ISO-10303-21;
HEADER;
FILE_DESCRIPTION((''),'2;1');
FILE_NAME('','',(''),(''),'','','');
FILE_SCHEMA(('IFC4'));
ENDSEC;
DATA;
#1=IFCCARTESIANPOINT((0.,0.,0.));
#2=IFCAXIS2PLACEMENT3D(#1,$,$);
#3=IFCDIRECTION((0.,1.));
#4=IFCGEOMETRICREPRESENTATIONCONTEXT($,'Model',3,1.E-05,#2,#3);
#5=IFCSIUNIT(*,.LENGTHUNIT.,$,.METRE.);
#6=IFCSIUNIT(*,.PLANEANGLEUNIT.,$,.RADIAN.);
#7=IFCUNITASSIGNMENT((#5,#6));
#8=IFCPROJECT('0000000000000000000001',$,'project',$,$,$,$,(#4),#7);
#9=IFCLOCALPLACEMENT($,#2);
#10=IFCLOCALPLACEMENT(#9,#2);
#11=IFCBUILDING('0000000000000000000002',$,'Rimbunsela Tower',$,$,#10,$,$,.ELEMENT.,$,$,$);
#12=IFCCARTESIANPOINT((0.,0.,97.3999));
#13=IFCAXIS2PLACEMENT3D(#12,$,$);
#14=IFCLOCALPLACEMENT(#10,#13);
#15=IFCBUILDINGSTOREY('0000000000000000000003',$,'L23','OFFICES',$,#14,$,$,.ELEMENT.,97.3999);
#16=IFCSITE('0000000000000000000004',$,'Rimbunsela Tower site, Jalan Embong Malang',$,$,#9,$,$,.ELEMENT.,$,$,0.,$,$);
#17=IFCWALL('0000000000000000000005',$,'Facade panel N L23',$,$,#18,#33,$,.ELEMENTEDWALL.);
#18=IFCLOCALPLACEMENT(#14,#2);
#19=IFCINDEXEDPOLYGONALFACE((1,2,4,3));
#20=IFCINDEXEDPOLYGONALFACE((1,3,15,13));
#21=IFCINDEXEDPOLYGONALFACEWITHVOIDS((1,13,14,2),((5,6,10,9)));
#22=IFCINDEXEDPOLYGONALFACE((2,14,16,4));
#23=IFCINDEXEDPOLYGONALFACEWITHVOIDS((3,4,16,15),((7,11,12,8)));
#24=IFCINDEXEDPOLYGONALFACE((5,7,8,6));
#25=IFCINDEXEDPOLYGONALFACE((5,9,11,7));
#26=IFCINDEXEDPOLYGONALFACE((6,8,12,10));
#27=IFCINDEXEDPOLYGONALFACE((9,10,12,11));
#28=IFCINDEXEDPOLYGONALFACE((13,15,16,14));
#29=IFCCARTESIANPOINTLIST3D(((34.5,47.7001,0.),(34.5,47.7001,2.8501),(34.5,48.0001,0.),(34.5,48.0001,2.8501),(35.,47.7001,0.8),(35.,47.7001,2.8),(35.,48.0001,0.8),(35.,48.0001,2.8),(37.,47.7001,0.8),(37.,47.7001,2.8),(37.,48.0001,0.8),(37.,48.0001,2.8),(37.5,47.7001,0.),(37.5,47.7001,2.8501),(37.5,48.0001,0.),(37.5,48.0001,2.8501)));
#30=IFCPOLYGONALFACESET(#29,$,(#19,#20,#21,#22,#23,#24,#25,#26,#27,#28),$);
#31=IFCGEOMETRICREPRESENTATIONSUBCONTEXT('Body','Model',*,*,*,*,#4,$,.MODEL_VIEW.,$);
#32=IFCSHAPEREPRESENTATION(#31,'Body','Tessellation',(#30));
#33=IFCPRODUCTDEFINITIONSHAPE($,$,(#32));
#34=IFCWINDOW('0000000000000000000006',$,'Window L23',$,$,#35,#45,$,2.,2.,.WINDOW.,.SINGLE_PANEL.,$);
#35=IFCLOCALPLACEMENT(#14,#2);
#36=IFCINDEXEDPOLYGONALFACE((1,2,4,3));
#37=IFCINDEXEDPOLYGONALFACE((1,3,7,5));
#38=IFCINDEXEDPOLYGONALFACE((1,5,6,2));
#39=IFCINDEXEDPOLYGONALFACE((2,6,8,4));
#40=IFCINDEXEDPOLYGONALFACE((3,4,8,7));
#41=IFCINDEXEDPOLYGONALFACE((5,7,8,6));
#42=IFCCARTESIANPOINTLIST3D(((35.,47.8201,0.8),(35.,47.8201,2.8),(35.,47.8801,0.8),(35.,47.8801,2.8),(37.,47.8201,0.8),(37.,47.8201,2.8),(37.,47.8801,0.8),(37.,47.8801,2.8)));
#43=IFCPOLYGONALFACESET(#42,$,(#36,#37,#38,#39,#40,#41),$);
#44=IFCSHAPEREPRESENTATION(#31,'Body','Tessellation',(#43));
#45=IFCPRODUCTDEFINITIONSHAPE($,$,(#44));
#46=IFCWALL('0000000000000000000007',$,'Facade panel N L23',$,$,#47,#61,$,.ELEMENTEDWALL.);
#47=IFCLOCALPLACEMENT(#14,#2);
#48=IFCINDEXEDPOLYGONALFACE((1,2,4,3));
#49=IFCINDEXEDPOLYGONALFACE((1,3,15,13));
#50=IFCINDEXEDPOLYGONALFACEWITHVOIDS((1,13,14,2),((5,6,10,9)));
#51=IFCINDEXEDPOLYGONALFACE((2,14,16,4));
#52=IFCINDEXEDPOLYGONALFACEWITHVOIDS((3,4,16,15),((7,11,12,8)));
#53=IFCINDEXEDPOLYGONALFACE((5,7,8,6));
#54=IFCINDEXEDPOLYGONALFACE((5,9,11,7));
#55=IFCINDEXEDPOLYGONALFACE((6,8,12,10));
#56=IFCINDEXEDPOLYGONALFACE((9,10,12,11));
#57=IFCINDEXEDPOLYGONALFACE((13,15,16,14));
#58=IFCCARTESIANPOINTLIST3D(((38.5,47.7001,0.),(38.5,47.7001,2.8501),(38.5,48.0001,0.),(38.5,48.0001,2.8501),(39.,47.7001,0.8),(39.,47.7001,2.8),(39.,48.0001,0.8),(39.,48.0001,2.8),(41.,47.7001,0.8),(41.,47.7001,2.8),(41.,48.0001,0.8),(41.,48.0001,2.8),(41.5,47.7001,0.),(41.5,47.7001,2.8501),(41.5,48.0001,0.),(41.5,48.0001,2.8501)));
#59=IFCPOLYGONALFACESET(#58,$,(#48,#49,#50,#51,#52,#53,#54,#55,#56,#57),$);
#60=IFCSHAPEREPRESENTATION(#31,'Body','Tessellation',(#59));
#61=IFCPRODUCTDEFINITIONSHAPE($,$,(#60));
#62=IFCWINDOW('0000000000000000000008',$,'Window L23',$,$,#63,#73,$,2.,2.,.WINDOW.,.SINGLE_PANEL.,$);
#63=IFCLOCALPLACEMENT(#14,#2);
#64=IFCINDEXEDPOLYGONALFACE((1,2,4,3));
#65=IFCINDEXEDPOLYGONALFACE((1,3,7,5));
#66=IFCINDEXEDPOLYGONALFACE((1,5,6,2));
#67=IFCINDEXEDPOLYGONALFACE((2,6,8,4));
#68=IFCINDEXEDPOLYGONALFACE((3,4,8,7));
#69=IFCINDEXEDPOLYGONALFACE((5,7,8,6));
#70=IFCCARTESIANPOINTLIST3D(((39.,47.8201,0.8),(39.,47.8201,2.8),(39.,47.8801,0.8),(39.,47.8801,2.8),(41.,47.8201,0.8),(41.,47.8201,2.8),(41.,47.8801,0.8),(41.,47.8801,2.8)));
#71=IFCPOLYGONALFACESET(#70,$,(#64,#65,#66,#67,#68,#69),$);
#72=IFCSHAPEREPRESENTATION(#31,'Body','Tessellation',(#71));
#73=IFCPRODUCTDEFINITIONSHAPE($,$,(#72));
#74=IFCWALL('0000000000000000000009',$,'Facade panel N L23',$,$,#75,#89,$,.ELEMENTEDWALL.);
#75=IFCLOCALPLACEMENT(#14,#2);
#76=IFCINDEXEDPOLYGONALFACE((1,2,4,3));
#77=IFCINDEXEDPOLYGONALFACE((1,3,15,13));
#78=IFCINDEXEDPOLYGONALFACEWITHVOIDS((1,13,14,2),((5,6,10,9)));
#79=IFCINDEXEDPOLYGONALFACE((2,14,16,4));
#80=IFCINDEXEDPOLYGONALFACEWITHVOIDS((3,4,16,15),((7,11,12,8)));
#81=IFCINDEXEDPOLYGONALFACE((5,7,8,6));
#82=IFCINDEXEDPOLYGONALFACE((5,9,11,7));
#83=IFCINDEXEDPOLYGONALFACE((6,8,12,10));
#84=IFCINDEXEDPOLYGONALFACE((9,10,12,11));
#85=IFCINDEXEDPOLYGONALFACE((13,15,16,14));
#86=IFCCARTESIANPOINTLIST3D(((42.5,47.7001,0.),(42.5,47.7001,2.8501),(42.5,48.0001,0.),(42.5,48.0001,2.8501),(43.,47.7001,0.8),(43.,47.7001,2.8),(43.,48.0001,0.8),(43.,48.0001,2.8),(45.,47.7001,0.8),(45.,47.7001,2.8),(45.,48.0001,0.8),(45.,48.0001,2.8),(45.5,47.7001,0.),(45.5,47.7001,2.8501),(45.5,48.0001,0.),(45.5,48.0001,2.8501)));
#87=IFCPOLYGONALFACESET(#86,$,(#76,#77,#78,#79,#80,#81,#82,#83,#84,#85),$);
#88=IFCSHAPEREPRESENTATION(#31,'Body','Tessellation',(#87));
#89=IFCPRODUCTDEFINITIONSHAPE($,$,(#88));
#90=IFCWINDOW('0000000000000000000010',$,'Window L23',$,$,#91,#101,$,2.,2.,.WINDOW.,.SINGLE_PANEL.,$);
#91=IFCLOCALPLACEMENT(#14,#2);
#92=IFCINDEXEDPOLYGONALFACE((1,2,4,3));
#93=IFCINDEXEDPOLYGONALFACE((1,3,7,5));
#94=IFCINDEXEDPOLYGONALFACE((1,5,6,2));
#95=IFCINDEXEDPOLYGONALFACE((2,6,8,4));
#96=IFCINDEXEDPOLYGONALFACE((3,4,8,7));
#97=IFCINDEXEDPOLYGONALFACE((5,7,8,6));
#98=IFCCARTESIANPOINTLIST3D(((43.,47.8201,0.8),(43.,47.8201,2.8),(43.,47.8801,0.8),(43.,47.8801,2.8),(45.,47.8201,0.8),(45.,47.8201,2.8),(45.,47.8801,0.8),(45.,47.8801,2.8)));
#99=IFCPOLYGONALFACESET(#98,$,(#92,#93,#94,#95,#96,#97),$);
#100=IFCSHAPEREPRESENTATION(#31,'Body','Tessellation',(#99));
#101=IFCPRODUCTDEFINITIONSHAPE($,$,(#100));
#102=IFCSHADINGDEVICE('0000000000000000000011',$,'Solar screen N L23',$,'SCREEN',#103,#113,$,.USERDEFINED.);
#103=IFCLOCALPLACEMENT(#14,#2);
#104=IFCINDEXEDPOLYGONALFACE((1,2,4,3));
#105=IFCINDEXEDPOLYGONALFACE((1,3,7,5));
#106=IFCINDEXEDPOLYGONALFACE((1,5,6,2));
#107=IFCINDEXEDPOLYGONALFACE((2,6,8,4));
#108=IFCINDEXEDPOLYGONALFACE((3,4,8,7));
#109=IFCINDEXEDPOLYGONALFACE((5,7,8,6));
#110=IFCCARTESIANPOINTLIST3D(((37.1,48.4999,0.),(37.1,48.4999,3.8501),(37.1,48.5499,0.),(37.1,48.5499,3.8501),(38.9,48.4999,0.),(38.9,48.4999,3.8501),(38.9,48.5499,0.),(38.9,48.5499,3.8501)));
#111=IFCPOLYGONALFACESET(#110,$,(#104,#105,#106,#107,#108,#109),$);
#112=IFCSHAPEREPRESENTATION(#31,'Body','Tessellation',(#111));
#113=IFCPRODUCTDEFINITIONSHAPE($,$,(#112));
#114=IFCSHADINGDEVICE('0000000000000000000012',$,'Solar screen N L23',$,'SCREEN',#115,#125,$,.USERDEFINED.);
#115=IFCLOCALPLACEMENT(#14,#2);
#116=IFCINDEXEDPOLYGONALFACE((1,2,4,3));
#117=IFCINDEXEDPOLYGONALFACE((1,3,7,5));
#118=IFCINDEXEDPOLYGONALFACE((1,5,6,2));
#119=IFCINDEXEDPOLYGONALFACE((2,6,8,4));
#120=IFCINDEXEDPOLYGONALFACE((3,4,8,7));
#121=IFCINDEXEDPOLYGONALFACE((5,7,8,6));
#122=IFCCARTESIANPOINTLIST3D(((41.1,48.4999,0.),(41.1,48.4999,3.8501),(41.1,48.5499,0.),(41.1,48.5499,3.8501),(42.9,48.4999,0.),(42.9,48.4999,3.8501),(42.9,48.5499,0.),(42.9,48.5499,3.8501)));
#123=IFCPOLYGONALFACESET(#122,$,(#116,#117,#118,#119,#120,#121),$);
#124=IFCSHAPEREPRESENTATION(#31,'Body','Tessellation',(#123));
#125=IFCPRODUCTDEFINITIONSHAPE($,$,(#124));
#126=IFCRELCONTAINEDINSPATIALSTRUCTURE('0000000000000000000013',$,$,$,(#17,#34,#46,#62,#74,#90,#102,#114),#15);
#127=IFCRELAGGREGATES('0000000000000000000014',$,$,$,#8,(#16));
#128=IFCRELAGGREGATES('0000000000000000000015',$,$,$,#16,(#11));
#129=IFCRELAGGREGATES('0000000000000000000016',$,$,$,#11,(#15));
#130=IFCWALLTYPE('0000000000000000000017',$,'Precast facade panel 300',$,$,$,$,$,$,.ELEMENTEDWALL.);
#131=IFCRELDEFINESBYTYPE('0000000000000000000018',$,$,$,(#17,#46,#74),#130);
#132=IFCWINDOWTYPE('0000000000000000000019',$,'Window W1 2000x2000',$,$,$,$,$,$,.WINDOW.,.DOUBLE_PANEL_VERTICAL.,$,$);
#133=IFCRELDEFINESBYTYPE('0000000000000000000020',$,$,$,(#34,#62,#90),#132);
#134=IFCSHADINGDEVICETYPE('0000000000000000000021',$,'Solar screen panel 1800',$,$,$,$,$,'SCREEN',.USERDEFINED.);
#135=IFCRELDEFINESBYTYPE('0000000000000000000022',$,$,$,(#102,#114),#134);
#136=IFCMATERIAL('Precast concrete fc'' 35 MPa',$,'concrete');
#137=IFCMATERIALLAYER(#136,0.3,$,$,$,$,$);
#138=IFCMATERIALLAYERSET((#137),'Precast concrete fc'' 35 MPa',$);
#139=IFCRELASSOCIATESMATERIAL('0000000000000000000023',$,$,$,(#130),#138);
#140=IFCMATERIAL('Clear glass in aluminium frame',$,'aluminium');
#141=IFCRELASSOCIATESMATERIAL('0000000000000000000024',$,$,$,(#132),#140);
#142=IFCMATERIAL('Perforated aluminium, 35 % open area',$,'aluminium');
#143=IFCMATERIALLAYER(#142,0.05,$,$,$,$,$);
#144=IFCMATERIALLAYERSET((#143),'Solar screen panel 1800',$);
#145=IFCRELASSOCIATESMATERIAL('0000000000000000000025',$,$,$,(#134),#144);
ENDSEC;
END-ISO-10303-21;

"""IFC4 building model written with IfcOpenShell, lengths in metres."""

from ifc_helpers import new_model, si_unit, direction, frame, frame_2d, origin, origin_2d, place, context, subcontext, project, spatial, rectangle, extrude, material, layer, layer_set, type_object, element, fill, save


model = new_model("IFC4")

# Units and contexts
model_context = context("Model", 3, precision=1e-05, world=origin(), true_north=direction((0.0, 1.0)))
body_context = subcontext(model_context, "Body", "Model", "MODEL_VIEW")
ifc_project = project(units=[si_unit("LENGTHUNIT", "METRE"), si_unit("PLANEANGLEUNIT", "RADIAN")], contexts=[model_context])

# Site, building, storey
site_placement = place(None, origin())
site = spatial("IfcSite", under=ifc_project, at=site_placement, Name="Rimbunsela Tower site, Jalan Embong Malang", CompositionType="ELEMENT", RefElevation=0.0)
building_placement = place(site_placement, origin())
building = spatial("IfcBuilding", under=site, at=building_placement, Name="Rimbunsela Tower", CompositionType="ELEMENT")
storey_placement = place(building_placement, frame((0.0, 0.0, 97.3999)))
storey = spatial("IfcBuildingStorey", under=building, at=storey_placement, Name="L23", Description="OFFICES", CompositionType="ELEMENT", Elevation=97.3999)

# Walls, openings, windows
ifc_material_1 = material(Name="Precast concrete fc' 35 MPa", Category="concrete")
ifc_layer_1 = layer(ifc_material_1, 0.3)
ifc_layer_set_1 = layer_set([ifc_layer_1], Name="Precast concrete fc' 35 MPa")
wall_type_1 = type_object("IfcWallType", Name="Precast facade panel 300", PredefinedType="ELEMENTEDWALL", material=ifc_layer_set_1)
wall_1_placement = place(storey_placement, frame((37.5, 47.8501, 0.0), z_axis=(0.0, 0.0, 1.0), x_axis=(-1.0, 0.0, 0.0)))
wall_1 = element("IfcWall", 1, at=wall_1_placement, inside=storey, type_object=wall_type_1, Name="Facade panel N L23", PredefinedType="ELEMENTEDWALL", context=body_context, shape_type="SweptSolid", body=[
    extrude(rectangle(XDim=3.0, YDim=0.3, at=frame_2d((1.5, 0.0))), origin(), (0.0, 0.0, 1.0), 2.8501),
])
opening_1_placement = place(wall_1_placement, frame((0.5, 0.0, 0.8)))
opening_1 = element("IfcOpeningElement", 2, at=opening_1_placement, cuts=wall_1, PredefinedType="OPENING", context=body_context, shape_type="SweptSolid", body=[
    extrude(rectangle(XDim=2.0, YDim=2.0, at=frame_2d((1.0, 1.0))), frame((0.0, 0.1599, 0.0), z_axis=(0.0, -1.0, 0.0), x_axis=(1.0, 0.0, 0.0)), (0.0, 0.0, 1.0), 0.3201),
])
ifc_material_2 = material(Name="Clear glass in aluminium frame", Category="aluminium")
window_type = type_object("IfcWindowType", Name="Window W1 2000x2000", PartitioningType="DOUBLE_PANEL_VERTICAL", PredefinedType="WINDOW", material=ifc_material_2)
window_1_placement = place(opening_1_placement, origin())
window_1 = element("IfcWindow", 3, at=window_1_placement, inside=storey, type_object=window_type, Name="Window L23", OverallHeight=2.0, OverallWidth=2.0, PartitioningType="SINGLE_PANEL", PredefinedType="WINDOW", context=body_context, shape_type="SweptSolid", body=[
    extrude(rectangle(XDim=2.0, YDim=2.0, at=frame_2d((1.0, 1.0))), frame((0.0, 0.03, 0.0), z_axis=(0.0, -1.0, 0.0), x_axis=(1.0, 0.0, 0.0)), (0.0, 0.0, 1.0), 0.0601),
])
fill(opening_1, window_1)
wall_2_placement = place(storey_placement, frame((41.5, 47.8501, 0.0), z_axis=(0.0, 0.0, 1.0), x_axis=(-1.0, 0.0, 0.0)))
wall_2 = element("IfcWall", 4, at=wall_2_placement, inside=storey, type_object=wall_type_1, Name="Facade panel N L23", PredefinedType="ELEMENTEDWALL", context=body_context, shape_type="SweptSolid", body=[
    extrude(rectangle(XDim=3.0, YDim=0.3, at=frame_2d((1.5, 0.0))), origin(), (0.0, 0.0, 1.0), 2.8501),
])
opening_2_placement = place(wall_2_placement, frame((0.5, 0.0, 0.8)))
opening_2 = element("IfcOpeningElement", 5, at=opening_2_placement, cuts=wall_2, PredefinedType="OPENING", context=body_context, shape_type="SweptSolid", body=[
    extrude(rectangle(XDim=2.0, YDim=2.0, at=frame_2d((1.0, 1.0))), frame((0.0, 0.1599, 0.0), z_axis=(0.0, -1.0, 0.0), x_axis=(1.0, 0.0, 0.0)), (0.0, 0.0, 1.0), 0.3201),
])
window_2_placement = place(opening_2_placement, origin())
window_2 = element("IfcWindow", 6, at=window_2_placement, inside=storey, type_object=window_type, Name="Window L23", OverallHeight=2.0, OverallWidth=2.0, PartitioningType="SINGLE_PANEL", PredefinedType="WINDOW", context=body_context, shape_type="SweptSolid", body=[
    extrude(rectangle(XDim=2.0, YDim=2.0, at=frame_2d((1.0, 1.0))), frame((0.0, 0.03, 0.0), z_axis=(0.0, -1.0, 0.0), x_axis=(1.0, 0.0, 0.0)), (0.0, 0.0, 1.0), 0.0601),
])
fill(opening_2, window_2)
wall_3_placement = place(storey_placement, frame((45.5, 47.8501, 0.0), z_axis=(0.0, 0.0, 1.0), x_axis=(-1.0, 0.0, 0.0)))
wall_3 = element("IfcWall", 7, at=wall_3_placement, inside=storey, type_object=wall_type_1, Name="Facade panel N L23", PredefinedType="ELEMENTEDWALL", context=body_context, shape_type="SweptSolid", body=[
    extrude(rectangle(XDim=3.0, YDim=0.3, at=frame_2d((1.5, 0.0))), origin(), (0.0, 0.0, 1.0), 2.8501),
])
opening_3_placement = place(wall_3_placement, frame((0.5, 0.0, 0.8)))
opening_3 = element("IfcOpeningElement", 8, at=opening_3_placement, cuts=wall_3, PredefinedType="OPENING", context=body_context, shape_type="SweptSolid", body=[
    extrude(rectangle(XDim=2.0, YDim=2.0, at=frame_2d((1.0, 1.0))), frame((0.0, 0.1599, 0.0), z_axis=(0.0, -1.0, 0.0), x_axis=(1.0, 0.0, 0.0)), (0.0, 0.0, 1.0), 0.3201),
])
window_3_placement = place(opening_3_placement, origin())
window_3 = element("IfcWindow", 9, at=window_3_placement, inside=storey, type_object=window_type, Name="Window L23", OverallHeight=2.0, OverallWidth=2.0, PartitioningType="SINGLE_PANEL", PredefinedType="WINDOW", context=body_context, shape_type="SweptSolid", body=[
    extrude(rectangle(XDim=2.0, YDim=2.0, at=frame_2d((1.0, 1.0))), frame((0.0, 0.03, 0.0), z_axis=(0.0, -1.0, 0.0), x_axis=(1.0, 0.0, 0.0)), (0.0, 0.0, 1.0), 0.0601),
])
fill(opening_3, window_3)

# Shading devices
ifc_material_3 = material(Name="Perforated aluminium, 35 % open area", Category="aluminium")
ifc_layer_2 = layer(ifc_material_3, 0.05)
ifc_layer_set_2 = layer_set([ifc_layer_2], Name="Solar screen panel 1800")
shading_device_type = type_object("IfcShadingDeviceType", Name="Solar screen panel 1800", ElementType="SCREEN", PredefinedType="USERDEFINED", material=ifc_layer_set_2)
for number, where, z_axis, x_axis, name in (
    (10, (38.0, 48.5249, 0.0), (0.0, 0.0, 1.0), (1.0, 0.0, 0.0), "Solar screen N L23"),
    (11, (42.0, 48.5249, 0.0), (0.0, 0.0, 1.0), (1.0, 0.0, 0.0), "Solar screen N L23"),
):
    element("IfcShadingDevice", number, at=place(storey_placement, frame(where, z_axis=z_axis, x_axis=x_axis)), inside=storey, type_object=shading_device_type, Name=name, ObjectType="SCREEN", PredefinedType="USERDEFINED", context=body_context, shape_type="SweptSolid", body=[
        extrude(rectangle(XDim=1.8, YDim=0.05, at=origin_2d()), origin(), (0.0, 0.0, 1.0), 3.8501),
    ])

save(model, "model.ifc")
